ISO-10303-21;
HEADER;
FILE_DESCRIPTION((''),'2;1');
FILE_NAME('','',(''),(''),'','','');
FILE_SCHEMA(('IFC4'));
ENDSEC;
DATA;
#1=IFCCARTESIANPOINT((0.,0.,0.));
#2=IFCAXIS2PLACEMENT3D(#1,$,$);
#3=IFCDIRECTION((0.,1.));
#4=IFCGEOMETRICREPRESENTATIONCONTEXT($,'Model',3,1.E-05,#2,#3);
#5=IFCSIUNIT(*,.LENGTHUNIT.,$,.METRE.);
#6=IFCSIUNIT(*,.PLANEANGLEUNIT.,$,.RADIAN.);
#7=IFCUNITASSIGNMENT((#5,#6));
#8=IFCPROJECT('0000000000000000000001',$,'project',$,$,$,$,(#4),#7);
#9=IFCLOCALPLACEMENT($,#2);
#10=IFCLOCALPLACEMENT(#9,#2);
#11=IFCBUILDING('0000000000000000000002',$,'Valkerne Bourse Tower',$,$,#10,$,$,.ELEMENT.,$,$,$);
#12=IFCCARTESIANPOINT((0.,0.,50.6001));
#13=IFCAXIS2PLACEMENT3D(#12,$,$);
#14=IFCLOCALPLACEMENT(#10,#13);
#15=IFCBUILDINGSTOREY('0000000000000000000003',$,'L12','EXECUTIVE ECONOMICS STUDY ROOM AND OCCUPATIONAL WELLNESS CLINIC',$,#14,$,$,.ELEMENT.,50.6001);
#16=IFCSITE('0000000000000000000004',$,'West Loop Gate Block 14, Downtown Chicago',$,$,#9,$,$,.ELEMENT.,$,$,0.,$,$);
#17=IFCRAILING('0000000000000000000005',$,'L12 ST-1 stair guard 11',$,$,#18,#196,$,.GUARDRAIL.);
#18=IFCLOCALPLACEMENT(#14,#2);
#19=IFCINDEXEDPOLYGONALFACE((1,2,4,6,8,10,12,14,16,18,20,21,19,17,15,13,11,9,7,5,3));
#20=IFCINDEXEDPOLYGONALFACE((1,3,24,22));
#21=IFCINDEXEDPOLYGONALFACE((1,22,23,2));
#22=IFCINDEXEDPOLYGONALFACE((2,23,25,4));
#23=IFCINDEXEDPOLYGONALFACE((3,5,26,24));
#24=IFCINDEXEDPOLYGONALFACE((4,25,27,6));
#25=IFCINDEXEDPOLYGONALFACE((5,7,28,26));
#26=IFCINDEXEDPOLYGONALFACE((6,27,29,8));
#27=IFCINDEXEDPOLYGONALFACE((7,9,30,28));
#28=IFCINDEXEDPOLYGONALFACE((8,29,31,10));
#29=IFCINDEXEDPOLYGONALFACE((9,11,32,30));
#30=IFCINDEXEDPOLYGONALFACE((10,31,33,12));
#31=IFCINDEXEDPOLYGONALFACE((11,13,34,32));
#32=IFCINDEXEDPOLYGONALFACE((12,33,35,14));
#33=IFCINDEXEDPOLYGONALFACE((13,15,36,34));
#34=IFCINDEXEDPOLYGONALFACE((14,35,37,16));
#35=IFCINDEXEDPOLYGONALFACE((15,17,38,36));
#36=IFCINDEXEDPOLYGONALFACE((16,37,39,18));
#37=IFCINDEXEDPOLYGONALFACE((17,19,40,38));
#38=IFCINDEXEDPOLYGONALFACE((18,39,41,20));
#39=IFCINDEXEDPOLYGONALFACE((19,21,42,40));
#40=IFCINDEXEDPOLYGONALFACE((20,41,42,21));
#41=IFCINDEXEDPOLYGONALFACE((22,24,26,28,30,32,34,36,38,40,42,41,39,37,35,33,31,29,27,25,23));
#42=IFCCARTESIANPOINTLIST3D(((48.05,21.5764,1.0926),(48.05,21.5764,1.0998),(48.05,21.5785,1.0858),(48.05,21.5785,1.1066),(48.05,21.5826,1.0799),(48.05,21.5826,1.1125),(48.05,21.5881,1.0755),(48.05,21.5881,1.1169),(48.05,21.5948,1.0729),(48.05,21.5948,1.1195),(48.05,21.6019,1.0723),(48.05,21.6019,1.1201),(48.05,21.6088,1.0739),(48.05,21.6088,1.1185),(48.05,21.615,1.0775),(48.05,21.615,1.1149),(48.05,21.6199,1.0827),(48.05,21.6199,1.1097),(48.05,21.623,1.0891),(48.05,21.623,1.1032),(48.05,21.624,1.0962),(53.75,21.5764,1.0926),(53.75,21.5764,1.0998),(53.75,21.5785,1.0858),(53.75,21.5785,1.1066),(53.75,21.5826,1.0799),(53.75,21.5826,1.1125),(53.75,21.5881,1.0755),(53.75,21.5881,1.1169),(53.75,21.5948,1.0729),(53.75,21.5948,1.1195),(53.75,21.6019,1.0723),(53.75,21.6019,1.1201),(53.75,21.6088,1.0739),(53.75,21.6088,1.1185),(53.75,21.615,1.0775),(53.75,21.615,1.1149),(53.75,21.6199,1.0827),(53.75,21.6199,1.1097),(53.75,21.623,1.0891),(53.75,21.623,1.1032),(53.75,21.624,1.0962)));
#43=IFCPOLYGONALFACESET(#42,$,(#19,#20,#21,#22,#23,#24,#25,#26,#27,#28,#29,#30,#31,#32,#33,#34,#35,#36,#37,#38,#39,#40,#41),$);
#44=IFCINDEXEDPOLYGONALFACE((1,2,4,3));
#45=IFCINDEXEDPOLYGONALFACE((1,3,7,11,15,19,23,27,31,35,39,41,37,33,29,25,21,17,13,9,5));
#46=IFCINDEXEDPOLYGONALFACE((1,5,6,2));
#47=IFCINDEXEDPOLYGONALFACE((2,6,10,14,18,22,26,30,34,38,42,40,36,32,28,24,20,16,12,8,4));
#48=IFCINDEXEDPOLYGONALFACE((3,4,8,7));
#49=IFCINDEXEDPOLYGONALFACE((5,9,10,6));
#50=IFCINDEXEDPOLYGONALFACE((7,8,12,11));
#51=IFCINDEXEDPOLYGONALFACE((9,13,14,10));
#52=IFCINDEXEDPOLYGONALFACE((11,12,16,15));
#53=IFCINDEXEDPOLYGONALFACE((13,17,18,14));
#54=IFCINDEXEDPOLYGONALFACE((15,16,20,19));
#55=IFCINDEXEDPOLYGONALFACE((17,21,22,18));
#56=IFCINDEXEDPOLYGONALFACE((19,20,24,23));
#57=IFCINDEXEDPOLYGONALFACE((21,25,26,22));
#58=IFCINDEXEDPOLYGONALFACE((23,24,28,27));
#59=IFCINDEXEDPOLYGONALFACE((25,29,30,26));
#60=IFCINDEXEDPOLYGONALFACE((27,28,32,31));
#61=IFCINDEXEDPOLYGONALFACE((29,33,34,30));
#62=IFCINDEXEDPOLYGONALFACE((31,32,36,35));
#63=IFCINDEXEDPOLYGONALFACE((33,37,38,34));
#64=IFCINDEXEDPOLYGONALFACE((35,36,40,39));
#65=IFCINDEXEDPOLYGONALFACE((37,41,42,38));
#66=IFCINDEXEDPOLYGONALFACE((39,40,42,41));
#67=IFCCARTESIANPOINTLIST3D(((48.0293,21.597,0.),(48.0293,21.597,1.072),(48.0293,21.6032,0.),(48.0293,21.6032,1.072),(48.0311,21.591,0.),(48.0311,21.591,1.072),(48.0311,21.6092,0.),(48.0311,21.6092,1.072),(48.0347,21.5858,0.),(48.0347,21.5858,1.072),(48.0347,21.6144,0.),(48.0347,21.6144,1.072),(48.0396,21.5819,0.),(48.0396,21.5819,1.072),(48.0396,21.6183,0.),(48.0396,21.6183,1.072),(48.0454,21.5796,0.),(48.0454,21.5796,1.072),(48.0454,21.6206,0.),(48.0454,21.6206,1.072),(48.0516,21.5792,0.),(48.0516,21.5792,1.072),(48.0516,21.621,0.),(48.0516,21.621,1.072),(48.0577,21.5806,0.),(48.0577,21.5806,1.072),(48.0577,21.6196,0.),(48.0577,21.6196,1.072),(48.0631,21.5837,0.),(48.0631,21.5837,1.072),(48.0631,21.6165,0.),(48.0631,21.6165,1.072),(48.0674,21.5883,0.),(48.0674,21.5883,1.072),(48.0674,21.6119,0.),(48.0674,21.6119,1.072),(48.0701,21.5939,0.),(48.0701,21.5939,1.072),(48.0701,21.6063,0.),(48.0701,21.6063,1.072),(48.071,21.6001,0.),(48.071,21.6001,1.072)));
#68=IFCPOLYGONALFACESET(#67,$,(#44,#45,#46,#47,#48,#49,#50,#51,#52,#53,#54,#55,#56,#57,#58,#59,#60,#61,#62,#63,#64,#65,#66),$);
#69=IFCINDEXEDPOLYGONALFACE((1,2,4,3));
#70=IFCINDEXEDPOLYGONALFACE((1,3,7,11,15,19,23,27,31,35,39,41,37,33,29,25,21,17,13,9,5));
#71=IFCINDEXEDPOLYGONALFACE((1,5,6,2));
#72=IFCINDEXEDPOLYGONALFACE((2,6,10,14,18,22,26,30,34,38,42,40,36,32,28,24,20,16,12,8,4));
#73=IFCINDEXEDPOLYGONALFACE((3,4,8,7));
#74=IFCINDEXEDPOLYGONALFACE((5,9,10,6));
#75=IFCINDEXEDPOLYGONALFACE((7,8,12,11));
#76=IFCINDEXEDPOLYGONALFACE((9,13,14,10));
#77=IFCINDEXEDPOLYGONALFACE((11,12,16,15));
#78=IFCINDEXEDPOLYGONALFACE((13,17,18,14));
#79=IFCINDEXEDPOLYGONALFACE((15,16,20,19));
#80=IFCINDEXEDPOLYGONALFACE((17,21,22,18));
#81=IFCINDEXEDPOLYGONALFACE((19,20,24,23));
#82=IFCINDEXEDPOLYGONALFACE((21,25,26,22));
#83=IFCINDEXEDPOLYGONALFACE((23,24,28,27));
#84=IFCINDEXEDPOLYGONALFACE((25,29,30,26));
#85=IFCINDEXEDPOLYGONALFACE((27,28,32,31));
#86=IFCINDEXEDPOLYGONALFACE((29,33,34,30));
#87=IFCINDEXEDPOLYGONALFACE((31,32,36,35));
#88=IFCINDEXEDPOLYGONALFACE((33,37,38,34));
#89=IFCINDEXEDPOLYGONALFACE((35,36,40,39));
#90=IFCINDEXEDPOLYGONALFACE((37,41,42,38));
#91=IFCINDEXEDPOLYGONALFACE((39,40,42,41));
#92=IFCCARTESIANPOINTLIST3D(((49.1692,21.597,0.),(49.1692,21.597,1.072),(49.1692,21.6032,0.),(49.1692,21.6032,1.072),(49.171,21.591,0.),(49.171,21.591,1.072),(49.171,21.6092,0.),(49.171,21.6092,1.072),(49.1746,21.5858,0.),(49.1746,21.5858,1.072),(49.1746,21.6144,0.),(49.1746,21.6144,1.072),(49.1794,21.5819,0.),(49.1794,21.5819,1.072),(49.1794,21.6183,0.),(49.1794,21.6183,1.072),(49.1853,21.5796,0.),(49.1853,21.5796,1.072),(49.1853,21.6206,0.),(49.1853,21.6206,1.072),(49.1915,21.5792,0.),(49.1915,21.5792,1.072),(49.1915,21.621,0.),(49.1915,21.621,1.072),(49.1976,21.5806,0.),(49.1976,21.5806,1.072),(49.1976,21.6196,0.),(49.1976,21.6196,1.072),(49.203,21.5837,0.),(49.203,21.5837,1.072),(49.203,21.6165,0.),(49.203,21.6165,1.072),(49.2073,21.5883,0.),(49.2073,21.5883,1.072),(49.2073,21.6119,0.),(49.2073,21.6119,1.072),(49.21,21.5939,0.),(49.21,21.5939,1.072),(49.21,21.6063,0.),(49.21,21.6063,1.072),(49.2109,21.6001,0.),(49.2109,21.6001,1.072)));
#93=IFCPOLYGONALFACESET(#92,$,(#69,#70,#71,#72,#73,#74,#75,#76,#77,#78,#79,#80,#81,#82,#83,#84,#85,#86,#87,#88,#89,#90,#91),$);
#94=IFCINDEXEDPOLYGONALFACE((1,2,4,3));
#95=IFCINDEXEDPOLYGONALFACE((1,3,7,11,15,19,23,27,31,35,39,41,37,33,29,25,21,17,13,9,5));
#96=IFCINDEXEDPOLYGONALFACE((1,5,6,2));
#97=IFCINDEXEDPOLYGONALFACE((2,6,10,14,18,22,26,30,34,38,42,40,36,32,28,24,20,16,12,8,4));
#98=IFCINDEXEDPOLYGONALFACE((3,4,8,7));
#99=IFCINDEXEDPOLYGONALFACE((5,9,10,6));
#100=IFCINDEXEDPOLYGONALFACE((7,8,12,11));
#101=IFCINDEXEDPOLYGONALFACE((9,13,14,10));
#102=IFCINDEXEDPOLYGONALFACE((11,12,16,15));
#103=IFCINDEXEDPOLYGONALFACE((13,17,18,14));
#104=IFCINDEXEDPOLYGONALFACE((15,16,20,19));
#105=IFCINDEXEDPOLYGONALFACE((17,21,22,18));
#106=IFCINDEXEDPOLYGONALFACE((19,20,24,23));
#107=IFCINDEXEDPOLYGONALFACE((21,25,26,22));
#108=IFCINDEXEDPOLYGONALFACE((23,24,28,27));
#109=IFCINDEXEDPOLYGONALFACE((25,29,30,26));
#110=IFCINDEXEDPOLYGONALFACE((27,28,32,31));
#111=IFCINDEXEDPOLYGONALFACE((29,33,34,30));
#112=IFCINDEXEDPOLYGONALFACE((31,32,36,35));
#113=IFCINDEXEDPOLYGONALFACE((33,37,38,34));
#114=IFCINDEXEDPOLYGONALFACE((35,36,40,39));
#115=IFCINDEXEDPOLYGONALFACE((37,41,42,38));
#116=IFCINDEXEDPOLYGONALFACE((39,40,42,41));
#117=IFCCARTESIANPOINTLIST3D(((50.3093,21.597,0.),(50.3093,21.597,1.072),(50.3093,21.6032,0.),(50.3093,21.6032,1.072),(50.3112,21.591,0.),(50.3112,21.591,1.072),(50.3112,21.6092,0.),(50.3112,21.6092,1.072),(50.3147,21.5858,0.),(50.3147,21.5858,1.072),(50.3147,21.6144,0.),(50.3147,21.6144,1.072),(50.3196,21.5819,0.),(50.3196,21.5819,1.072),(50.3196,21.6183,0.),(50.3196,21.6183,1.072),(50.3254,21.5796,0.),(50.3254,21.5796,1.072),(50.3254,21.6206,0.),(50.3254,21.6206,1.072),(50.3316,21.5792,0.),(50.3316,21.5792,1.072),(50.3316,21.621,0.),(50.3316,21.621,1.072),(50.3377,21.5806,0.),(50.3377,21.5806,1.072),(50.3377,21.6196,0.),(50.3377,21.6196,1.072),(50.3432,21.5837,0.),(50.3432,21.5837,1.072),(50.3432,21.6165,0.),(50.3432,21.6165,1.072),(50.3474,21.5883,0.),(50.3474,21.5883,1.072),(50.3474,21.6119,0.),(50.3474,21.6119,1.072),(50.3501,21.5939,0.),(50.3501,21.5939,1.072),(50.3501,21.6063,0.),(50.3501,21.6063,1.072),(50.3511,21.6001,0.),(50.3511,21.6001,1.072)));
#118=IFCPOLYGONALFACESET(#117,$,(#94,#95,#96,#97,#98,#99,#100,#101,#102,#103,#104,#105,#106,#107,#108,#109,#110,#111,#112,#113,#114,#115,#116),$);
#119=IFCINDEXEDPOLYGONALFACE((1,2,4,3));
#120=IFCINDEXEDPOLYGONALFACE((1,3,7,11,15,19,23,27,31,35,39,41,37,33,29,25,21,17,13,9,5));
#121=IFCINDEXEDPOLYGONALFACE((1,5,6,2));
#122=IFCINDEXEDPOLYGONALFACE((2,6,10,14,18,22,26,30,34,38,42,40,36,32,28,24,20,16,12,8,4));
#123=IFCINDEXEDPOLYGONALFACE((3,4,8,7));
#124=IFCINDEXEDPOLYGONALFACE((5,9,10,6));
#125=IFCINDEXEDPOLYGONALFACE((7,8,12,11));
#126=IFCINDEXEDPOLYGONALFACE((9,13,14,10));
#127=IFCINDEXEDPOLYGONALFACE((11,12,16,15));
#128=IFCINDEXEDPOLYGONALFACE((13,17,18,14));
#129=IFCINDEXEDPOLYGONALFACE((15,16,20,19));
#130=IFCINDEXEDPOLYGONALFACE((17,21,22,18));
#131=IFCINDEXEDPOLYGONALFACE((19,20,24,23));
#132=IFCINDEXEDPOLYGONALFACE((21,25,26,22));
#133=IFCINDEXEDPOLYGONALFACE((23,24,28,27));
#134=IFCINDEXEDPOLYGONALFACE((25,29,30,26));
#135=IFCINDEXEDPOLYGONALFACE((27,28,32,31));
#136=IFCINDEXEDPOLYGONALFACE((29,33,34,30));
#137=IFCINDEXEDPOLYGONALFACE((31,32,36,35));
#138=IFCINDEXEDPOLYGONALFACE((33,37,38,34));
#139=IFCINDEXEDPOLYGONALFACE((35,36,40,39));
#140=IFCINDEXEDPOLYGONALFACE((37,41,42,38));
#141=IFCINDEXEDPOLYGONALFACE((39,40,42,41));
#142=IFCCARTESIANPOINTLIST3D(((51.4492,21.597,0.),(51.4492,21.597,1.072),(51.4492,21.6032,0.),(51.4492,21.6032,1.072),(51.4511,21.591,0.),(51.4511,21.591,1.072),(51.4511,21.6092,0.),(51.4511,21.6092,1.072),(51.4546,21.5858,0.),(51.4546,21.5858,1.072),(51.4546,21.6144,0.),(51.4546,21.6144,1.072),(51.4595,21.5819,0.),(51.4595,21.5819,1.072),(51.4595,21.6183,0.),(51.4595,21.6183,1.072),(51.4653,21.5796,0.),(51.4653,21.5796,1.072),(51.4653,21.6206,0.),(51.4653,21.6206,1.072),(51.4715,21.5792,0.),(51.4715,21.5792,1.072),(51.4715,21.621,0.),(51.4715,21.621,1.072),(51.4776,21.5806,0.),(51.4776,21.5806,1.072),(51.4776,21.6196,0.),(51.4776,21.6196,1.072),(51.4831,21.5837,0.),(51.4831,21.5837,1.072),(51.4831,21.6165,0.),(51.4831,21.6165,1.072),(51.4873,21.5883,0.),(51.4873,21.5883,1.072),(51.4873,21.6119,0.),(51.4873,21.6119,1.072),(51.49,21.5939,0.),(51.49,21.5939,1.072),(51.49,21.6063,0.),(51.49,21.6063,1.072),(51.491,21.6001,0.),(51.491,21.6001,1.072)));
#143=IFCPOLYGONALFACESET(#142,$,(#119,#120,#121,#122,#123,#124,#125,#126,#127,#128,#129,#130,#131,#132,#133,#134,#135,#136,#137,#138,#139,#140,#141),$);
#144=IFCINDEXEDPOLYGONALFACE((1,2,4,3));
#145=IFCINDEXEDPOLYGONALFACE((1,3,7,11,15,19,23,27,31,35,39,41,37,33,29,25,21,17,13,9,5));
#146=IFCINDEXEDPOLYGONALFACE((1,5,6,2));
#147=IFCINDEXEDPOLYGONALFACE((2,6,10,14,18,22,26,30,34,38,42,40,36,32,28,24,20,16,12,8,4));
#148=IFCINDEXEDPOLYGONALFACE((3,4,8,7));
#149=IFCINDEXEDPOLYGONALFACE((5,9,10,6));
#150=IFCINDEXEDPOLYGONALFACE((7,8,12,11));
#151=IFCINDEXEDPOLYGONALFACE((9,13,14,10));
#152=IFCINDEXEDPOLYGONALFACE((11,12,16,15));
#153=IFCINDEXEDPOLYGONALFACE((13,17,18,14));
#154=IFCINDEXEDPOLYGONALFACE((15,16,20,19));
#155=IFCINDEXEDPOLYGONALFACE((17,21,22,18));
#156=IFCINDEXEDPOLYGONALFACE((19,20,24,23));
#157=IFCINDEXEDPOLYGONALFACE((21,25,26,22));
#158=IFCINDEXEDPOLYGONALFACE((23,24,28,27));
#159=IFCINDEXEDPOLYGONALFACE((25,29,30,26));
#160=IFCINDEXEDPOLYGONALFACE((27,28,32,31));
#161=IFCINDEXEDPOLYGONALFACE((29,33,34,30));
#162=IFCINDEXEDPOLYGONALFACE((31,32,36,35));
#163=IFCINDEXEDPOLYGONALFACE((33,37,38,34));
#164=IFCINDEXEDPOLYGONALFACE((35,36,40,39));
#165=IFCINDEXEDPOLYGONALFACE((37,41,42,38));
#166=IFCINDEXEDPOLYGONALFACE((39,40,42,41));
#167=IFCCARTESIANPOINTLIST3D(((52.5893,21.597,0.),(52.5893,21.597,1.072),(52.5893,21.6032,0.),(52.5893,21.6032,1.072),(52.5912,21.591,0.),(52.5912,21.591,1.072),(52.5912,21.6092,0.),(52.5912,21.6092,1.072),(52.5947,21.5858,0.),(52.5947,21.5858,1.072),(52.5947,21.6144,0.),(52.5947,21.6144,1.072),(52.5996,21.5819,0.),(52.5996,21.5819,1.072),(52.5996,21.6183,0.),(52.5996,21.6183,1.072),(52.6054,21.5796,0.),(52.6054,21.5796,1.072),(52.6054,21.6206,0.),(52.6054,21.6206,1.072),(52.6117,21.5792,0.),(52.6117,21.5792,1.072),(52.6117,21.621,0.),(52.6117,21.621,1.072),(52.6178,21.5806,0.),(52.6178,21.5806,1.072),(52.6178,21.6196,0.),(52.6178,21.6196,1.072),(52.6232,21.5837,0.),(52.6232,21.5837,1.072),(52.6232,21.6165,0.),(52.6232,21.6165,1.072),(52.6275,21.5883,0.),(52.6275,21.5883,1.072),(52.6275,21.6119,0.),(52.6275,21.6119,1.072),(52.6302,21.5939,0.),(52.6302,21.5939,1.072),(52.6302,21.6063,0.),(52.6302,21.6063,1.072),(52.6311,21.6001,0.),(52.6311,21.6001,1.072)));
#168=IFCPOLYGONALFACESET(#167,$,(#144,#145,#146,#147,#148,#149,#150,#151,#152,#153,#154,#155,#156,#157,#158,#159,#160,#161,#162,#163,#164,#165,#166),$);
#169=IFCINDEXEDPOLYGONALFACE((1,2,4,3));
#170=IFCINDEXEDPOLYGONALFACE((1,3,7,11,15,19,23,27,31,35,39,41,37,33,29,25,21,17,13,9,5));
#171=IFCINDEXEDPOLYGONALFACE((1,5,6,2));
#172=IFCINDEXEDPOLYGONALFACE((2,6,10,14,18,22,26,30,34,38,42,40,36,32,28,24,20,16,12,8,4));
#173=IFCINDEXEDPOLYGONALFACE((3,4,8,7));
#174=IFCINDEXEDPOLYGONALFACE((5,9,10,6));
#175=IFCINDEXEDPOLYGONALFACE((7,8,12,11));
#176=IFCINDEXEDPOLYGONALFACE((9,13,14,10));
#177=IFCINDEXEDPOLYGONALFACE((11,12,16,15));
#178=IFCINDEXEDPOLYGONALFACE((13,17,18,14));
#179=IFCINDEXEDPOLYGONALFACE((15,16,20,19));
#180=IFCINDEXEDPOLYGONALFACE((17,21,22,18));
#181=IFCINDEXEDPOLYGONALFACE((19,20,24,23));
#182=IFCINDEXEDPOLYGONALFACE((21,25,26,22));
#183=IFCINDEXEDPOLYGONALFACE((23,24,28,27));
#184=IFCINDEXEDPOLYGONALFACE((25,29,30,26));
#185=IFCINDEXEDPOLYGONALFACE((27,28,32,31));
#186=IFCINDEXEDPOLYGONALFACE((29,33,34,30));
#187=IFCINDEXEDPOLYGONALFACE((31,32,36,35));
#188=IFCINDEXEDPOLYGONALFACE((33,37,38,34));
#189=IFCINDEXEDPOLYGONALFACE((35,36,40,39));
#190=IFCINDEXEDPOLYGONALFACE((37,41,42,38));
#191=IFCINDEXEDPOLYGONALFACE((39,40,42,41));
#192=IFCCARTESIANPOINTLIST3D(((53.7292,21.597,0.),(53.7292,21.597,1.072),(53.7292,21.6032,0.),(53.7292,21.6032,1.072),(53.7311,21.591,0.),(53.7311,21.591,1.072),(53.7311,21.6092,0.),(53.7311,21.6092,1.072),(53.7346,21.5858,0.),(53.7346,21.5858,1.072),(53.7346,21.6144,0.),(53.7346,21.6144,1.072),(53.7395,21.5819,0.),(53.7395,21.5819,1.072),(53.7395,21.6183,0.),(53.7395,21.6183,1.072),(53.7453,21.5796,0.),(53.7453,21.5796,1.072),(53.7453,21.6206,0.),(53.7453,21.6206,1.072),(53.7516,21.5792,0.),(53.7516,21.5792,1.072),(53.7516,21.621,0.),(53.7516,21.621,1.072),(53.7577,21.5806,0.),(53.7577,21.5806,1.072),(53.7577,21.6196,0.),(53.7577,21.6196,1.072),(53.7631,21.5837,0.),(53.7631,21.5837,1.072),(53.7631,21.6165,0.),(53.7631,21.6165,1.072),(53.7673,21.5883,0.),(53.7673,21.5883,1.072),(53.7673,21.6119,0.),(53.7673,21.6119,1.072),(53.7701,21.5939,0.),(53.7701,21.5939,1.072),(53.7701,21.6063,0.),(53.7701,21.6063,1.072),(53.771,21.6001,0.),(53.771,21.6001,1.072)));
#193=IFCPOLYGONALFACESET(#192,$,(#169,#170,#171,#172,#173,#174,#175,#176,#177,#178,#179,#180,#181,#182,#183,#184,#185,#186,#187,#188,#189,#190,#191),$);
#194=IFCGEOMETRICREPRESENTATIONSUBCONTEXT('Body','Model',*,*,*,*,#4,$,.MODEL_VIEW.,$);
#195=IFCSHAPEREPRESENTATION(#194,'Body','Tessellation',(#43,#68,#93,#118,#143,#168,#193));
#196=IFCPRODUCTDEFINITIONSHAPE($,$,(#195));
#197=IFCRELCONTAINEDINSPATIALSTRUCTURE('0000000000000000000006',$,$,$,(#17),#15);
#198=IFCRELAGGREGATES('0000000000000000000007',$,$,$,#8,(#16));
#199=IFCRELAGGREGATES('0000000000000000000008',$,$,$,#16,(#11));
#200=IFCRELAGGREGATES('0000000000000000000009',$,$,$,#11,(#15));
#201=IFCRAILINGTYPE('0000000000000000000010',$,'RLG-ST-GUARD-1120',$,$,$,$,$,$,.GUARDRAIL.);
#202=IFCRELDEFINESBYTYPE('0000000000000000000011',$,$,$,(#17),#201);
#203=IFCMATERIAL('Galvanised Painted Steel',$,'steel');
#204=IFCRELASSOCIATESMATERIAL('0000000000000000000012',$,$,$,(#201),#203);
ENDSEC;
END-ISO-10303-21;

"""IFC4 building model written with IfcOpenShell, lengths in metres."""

from ifc_helpers import new_model, si_unit, direction, frame, origin, origin_2d, place, context, subcontext, project, spatial, circle, extrude, material, type_object, element, save


model = new_model("IFC4")

# Units and contexts
model_context = context("Model", 3, precision=1e-05, world=origin(), true_north=direction((0.0, 1.0)))
body_context = subcontext(model_context, "Body", "Model", "MODEL_VIEW")
ifc_project = project(units=[si_unit("LENGTHUNIT", "METRE"), si_unit("PLANEANGLEUNIT", "RADIAN")], contexts=[model_context])

# Site, building, storey
site_placement = place(None, origin())
site = spatial("IfcSite", under=ifc_project, at=site_placement, Name="West Loop Gate Block 14, Downtown Chicago", CompositionType="ELEMENT", RefElevation=0.0)
building_placement = place(site_placement, origin())
building = spatial("IfcBuilding", under=site, at=building_placement, Name="Valkerne Bourse Tower", CompositionType="ELEMENT")
storey_placement = place(building_placement, frame((0.0, 0.0, 50.6001)))
storey = spatial("IfcBuildingStorey", under=building, at=storey_placement, Name="L12", Description="EXECUTIVE ECONOMICS STUDY ROOM AND OCCUPATIONAL WELLNESS CLINIC", CompositionType="ELEMENT", Elevation=50.6001)

# Shared definitions
ifc_material_1 = material(Name="Galvanised Painted Steel", Category="steel")

# Railing
railing_type = type_object("IfcRailingType", Name="RLG-ST-GUARD-1120", PredefinedType="GUARDRAIL", material=ifc_material_1)
for number, where, name in (
    (1, (48.05, 21.6001, 0.0), "L12 ST-1 stair guard 11"),
):
    element("IfcRailing", number, at=place(storey_placement, frame(where)), inside=storey, type_object=railing_type, Name=name, PredefinedType="GUARDRAIL", context=body_context, shape_type="SweptSolid", body=[
        extrude(circle(Radius=0.0239, at=origin_2d()), frame((0.0, 0.0, 1.0962), z_axis=(1.0, 0.0, 0.0), x_axis=(0.0, 1.0, 0.0)), (0.0, 0.0, 1.0), 5.7),
        extrude(circle(Radius=0.021, at=origin_2d()), origin(), (0.0, 0.0, 1.0), 1.072),
        extrude(circle(Radius=0.021, at=origin_2d()), frame((1.1399, 0.0, 0.0)), (0.0, 0.0, 1.0), 1.072),
        extrude(circle(Radius=0.021, at=origin_2d()), frame((2.28, 0.0, 0.0)), (0.0, 0.0, 1.0), 1.072),
        extrude(circle(Radius=0.021, at=origin_2d()), frame((3.4199, 0.0, 0.0)), (0.0, 0.0, 1.0), 1.072),
        extrude(circle(Radius=0.021, at=origin_2d()), frame((4.5601, 0.0, 0.0)), (0.0, 0.0, 1.0), 1.072),
        extrude(circle(Radius=0.021, at=origin_2d()), frame((5.7, 0.0, 0.0)), (0.0, 0.0, 1.0), 1.072),
    ])

save(model, "model.ifc")
